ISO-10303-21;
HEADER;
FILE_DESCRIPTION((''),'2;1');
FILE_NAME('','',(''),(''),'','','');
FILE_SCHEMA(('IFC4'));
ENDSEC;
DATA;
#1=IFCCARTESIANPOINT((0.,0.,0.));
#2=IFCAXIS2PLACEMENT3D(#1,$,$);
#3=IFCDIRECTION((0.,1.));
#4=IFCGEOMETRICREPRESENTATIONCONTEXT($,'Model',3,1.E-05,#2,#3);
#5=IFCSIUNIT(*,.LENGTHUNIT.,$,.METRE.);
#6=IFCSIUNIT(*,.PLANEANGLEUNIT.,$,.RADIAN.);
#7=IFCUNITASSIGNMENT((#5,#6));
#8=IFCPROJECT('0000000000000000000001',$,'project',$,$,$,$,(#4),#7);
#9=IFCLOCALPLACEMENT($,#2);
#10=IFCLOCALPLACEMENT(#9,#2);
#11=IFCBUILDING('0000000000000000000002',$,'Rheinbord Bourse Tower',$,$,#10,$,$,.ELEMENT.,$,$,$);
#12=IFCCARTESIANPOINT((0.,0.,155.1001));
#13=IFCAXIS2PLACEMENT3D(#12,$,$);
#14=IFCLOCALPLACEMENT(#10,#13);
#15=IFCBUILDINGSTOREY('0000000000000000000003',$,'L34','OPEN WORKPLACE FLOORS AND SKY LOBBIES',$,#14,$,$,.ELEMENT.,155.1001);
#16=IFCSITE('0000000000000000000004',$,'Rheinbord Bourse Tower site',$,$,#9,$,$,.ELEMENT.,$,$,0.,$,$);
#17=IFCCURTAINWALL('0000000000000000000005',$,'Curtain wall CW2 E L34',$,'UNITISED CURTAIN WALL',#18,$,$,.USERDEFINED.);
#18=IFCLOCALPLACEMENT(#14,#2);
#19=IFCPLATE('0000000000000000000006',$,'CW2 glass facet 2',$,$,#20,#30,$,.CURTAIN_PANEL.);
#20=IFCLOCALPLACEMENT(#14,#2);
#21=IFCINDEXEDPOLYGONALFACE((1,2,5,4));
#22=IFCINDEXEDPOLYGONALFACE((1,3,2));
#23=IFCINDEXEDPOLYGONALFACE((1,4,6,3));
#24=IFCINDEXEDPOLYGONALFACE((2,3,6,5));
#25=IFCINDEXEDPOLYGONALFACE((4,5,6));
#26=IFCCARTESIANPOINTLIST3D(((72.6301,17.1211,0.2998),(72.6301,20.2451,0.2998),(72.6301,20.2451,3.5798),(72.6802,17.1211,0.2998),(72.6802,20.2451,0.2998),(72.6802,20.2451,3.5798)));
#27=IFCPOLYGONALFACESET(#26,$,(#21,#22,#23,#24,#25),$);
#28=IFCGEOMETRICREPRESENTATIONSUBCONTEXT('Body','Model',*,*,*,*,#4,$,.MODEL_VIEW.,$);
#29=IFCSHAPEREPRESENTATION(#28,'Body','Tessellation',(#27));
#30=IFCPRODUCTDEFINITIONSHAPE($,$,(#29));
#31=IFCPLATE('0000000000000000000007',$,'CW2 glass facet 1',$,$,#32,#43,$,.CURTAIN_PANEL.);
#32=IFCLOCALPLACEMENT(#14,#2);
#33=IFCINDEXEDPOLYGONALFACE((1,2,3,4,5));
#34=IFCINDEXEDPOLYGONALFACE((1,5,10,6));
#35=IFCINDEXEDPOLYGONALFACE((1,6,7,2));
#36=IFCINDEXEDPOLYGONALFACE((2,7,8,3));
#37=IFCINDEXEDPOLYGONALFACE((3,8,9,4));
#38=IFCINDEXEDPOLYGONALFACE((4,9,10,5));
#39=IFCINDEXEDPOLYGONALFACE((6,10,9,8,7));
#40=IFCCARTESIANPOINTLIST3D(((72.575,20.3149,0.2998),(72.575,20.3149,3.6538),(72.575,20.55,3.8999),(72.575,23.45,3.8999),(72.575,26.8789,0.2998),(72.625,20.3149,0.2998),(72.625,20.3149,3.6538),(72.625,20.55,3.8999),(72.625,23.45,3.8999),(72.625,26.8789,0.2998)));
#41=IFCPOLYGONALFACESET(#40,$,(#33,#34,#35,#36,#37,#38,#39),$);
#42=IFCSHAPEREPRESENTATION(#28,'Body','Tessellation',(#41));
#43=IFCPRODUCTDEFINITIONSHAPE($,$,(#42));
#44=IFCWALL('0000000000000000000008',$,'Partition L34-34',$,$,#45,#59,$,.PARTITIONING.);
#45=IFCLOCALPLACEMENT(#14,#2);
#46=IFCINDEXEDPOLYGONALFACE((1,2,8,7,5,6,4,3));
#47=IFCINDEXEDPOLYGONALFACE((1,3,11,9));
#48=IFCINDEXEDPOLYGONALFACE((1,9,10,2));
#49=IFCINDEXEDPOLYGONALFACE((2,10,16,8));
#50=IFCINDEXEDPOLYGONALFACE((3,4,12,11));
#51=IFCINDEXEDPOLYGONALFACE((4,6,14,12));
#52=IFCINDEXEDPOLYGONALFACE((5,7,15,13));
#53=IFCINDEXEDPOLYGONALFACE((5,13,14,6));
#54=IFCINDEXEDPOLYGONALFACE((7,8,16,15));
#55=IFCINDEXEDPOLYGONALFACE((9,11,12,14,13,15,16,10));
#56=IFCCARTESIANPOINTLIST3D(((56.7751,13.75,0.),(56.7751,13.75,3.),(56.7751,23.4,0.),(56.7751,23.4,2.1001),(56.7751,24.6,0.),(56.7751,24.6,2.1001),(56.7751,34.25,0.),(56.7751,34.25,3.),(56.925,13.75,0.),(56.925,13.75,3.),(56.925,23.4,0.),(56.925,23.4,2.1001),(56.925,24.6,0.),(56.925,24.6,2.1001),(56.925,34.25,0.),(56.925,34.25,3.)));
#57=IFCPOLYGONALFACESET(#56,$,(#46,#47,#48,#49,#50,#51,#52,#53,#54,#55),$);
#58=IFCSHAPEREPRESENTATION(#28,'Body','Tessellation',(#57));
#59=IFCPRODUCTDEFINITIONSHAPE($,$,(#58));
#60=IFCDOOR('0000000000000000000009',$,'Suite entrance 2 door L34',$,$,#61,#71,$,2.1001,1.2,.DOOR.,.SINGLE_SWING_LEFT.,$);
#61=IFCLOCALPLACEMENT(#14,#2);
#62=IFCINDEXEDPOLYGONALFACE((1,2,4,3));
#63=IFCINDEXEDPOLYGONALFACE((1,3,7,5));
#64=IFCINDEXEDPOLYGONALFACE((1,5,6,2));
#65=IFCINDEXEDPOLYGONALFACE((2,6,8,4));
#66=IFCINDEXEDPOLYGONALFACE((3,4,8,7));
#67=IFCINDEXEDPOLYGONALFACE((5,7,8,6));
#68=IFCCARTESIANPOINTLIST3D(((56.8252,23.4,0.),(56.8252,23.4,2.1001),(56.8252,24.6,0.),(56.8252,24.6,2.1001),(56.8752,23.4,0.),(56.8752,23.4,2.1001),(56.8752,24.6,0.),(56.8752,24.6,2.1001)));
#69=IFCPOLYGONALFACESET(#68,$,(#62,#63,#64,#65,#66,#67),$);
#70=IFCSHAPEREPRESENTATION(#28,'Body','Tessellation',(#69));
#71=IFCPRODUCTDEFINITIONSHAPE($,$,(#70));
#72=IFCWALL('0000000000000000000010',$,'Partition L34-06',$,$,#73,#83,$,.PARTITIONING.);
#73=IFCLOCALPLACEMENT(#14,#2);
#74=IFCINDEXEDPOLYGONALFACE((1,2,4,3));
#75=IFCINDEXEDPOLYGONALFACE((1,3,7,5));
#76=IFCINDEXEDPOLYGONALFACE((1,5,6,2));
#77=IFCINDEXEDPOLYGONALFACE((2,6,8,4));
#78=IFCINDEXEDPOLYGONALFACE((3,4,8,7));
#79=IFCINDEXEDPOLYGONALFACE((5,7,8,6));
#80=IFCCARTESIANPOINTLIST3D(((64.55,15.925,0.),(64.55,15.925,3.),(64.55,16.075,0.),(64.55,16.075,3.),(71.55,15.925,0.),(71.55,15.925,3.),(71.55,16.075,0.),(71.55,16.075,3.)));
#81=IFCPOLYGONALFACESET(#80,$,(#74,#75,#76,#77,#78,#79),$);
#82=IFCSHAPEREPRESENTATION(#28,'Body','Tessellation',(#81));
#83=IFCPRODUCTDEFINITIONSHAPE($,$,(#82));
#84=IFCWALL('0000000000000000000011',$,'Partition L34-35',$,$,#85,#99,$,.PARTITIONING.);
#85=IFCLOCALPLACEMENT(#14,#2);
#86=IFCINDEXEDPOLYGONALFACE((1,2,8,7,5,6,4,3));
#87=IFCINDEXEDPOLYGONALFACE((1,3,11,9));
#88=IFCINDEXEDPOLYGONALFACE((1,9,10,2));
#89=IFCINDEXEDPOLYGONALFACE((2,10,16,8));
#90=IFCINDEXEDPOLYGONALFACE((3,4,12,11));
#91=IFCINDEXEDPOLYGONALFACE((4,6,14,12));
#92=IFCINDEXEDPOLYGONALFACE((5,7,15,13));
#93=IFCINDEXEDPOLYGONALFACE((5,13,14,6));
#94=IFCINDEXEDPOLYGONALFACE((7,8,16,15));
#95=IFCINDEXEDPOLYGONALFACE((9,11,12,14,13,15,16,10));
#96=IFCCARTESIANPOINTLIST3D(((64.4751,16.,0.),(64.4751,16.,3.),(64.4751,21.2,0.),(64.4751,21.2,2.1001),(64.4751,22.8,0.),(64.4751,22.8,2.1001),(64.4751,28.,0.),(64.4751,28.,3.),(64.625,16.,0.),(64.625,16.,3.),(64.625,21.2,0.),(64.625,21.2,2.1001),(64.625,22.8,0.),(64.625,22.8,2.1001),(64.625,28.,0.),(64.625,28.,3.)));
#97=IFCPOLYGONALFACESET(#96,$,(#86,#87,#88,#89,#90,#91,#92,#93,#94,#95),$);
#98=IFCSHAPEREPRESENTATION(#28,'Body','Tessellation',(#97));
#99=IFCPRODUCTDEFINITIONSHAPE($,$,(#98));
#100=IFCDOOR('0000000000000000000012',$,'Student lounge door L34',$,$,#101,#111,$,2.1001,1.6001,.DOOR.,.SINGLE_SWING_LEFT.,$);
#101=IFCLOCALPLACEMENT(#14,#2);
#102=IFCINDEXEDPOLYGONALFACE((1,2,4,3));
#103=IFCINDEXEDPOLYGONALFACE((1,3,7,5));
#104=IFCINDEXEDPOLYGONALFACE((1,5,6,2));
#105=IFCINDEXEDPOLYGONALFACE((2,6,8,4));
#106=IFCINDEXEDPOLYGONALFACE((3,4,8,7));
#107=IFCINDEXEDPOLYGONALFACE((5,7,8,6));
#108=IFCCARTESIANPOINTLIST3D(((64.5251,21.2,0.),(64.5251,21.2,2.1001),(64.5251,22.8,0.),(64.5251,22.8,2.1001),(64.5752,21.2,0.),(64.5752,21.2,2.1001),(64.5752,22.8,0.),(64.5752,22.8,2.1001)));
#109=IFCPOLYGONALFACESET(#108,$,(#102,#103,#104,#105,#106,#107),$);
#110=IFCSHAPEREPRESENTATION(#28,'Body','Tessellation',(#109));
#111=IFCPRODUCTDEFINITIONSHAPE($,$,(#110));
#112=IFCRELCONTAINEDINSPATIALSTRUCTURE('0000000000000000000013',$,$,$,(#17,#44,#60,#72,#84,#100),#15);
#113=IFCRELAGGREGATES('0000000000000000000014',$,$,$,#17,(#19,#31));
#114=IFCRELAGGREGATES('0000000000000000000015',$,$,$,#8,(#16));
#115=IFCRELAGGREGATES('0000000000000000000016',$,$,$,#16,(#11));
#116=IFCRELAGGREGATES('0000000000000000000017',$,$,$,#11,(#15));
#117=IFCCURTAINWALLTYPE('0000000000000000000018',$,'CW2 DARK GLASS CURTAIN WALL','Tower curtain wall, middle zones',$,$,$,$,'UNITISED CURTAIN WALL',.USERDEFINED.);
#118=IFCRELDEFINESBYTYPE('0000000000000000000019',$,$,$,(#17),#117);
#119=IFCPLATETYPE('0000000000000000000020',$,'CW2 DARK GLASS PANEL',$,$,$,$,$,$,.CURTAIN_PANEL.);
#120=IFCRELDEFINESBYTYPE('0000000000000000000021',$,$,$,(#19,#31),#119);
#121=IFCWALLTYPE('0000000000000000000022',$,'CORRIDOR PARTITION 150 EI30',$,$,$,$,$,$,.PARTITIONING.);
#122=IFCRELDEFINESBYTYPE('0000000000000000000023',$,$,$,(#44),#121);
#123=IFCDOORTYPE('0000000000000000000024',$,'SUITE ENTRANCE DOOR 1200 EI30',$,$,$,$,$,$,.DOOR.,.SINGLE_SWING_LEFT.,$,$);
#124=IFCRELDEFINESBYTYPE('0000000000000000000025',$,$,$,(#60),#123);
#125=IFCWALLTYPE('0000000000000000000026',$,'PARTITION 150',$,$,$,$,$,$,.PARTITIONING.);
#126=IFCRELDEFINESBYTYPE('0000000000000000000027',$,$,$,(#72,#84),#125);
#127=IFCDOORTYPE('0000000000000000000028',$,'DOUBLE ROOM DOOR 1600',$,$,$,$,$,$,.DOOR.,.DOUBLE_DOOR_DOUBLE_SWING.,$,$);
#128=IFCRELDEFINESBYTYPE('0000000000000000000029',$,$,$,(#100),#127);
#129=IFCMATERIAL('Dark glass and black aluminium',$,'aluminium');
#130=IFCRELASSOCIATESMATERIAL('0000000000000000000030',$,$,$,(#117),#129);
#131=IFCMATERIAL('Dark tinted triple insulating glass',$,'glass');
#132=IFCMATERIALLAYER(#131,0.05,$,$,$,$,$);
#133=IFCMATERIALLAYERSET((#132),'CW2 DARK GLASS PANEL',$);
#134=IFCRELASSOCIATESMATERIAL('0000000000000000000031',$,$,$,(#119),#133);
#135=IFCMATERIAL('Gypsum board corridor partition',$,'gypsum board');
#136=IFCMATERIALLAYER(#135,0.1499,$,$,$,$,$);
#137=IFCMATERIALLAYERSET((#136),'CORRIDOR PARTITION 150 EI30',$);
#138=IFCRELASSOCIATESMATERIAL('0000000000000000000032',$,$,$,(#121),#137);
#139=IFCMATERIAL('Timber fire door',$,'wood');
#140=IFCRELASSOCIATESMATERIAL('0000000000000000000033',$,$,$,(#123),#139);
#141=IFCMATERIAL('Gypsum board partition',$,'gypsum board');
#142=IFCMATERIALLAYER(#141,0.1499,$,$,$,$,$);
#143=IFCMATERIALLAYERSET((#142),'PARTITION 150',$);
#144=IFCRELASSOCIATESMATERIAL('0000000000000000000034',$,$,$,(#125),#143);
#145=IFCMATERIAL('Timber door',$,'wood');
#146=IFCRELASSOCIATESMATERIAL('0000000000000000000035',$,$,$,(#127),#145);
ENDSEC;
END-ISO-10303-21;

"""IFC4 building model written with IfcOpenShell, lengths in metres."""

from ifc_helpers import new_model, si_unit, direction, frame, frame_2d, origin, place, context, subcontext, project, spatial, polyline, rectangle, outline, extrude, material, layer, layer_set, type_object, element, fill, aggregate, save


model = new_model("IFC4")

# Units and contexts
model_context = context("Model", 3, precision=1e-05, world=origin(), true_north=direction((0.0, 1.0)))
body_context = subcontext(model_context, "Body", "Model", "MODEL_VIEW")
ifc_project = project(units=[si_unit("LENGTHUNIT", "METRE"), si_unit("PLANEANGLEUNIT", "RADIAN")], contexts=[model_context])

# Site, building, storey
site_placement = place(None, origin())
site = spatial("IfcSite", under=ifc_project, at=site_placement, Name="Rheinbord Bourse Tower site", CompositionType="ELEMENT", RefElevation=0.0)
building_placement = place(site_placement, origin())
building = spatial("IfcBuilding", under=site, at=building_placement, Name="Rheinbord Bourse Tower", CompositionType="ELEMENT")
storey_placement = place(building_placement, frame((0.0, 0.0, 155.1001)))
storey = spatial("IfcBuildingStorey", under=building, at=storey_placement, Name="L34", Description="OPEN WORKPLACE FLOORS AND SKY LOBBIES", CompositionType="ELEMENT", Elevation=155.1001)

# Curtain wall
ifc_material_1 = material(Name="Dark glass and black aluminium", Category="aluminium")
curtain_wall_type = type_object("IfcCurtainWallType", Name="CW2 DARK GLASS CURTAIN WALL", Description="Tower curtain wall, middle zones", ElementType="UNITISED CURTAIN WALL", PredefinedType="USERDEFINED", material=ifc_material_1)
curtain_wall_placement = place(storey_placement, origin())
curtain_wall = element("IfcCurtainWall", 1, at=curtain_wall_placement, inside=storey, type_object=curtain_wall_type, Name="Curtain wall CW2 E L34", ObjectType="UNITISED CURTAIN WALL", PredefinedType="USERDEFINED")

# Plates
ifc_material_2 = material(Name="Dark tinted triple insulating glass", Category="glass")
ifc_layer_1 = layer(ifc_material_2, 0.05)
ifc_layer_set_1 = layer_set([ifc_layer_1], Name="CW2 DARK GLASS PANEL")
plate_type = type_object("IfcPlateType", Name="CW2 DARK GLASS PANEL", PredefinedType="CURTAIN_PANEL", material=ifc_layer_set_1)
plate_1_placement = place(storey_placement, frame((72.6802, 20.2451, 0.2998), z_axis=(-1.0, 0.0, 0.0), x_axis=(0.0, -1.0, 0.0)))
plate_1 = element("IfcPlate", 2, at=plate_1_placement, type_object=plate_type, Name="CW2 glass facet 2", PredefinedType="CURTAIN_PANEL", context=body_context, shape_type="SweptSolid", body=[
    extrude(outline(polyline([(0.0, 0.0), (3.124, 0.0), (0.0, 3.28), (0.0, 0.0)])), origin(), (0.0, 0.0, 1.0), 0.05),
])
plate_2_placement = place(storey_placement, frame((72.625, 20.3149, 0.2998), z_axis=(-1.0, 0.0, 0.0), x_axis=(0.0, 0.0, 1.0)))
plate_2 = element("IfcPlate", 3, at=plate_2_placement, type_object=plate_type, Name="CW2 glass facet 1", PredefinedType="CURTAIN_PANEL", context=body_context, shape_type="SweptSolid", body=[
    extrude(outline(polyline([(0.0, 0.0), (3.354, 0.0), (3.6001, 0.2351), (3.6001, 3.135), (0.0, 6.564), (0.0, 0.0)])), origin(), (0.0, 0.0, 1.0), 0.05),
])
aggregate(curtain_wall, [plate_1, plate_2])

# Wall, opening, door
ifc_material_3 = material(Name="Gypsum board corridor partition", Category="gypsum board")
ifc_layer_2 = layer(ifc_material_3, 0.1499)
ifc_layer_set_2 = layer_set([ifc_layer_2], Name="CORRIDOR PARTITION 150 EI30")
wall_type_1 = type_object("IfcWallType", Name="CORRIDOR PARTITION 150 EI30", PredefinedType="PARTITIONING", material=ifc_layer_set_2)
wall_1_placement = place(storey_placement, frame((56.8501, 13.75, 0.0), z_axis=(0.0, 0.0, 1.0), x_axis=(0.0, 1.0, 0.0)))
wall_1 = element("IfcWall", 4, at=wall_1_placement, inside=storey, type_object=wall_type_1, Name="Partition L34-34", PredefinedType="PARTITIONING", context=body_context, shape_type="SweptSolid", body=[
    extrude(rectangle(XDim=20.5, YDim=0.1499, at=frame_2d((10.25, 0.0))), origin(), (0.0, 0.0, 1.0), 3.0),
])
opening_1_placement = place(wall_1_placement, frame((9.6499, 0.0, 0.0)))
opening_1 = element("IfcOpeningElement", 5, at=opening_1_placement, cuts=wall_1, PredefinedType="OPENING", context=body_context, shape_type="SweptSolid", body=[
    extrude(rectangle(XDim=1.2, YDim=2.1001, at=frame_2d((0.6001, 1.05))), frame((0.0, 0.085, 0.0), z_axis=(0.0, -1.0, 0.0), x_axis=(1.0, 0.0, 0.0)), (0.0, 0.0, 1.0), 0.1699),
])
ifc_material_4 = material(Name="Timber fire door", Category="wood")
door_type_1 = type_object("IfcDoorType", Name="SUITE ENTRANCE DOOR 1200 EI30", OperationType="SINGLE_SWING_LEFT", PredefinedType="DOOR", material=ifc_material_4)
door_1_placement = place(opening_1_placement, origin())
door_1 = element("IfcDoor", 6, at=door_1_placement, inside=storey, type_object=door_type_1, Name="Suite entrance 2 door L34", OperationType="SINGLE_SWING_LEFT", OverallHeight=2.1001, OverallWidth=1.2, PredefinedType="DOOR", context=body_context, shape_type="SweptSolid", body=[
    extrude(rectangle(XDim=1.2, YDim=2.1001, at=frame_2d((0.6001, 1.05))), frame((0.0, 0.0249, 0.0), z_axis=(0.0, -1.0, 0.0), x_axis=(1.0, 0.0, 0.0)), (0.0, 0.0, 1.0), 0.05),
])
fill(opening_1, door_1)

# Wall
ifc_material_5 = material(Name="Gypsum board partition", Category="gypsum board")
ifc_layer_3 = layer(ifc_material_5, 0.1499)
ifc_layer_set_3 = layer_set([ifc_layer_3], Name="PARTITION 150")
wall_type_2 = type_object("IfcWallType", Name="PARTITION 150", PredefinedType="PARTITIONING", material=ifc_layer_set_3)
wall_2_placement = place(storey_placement, frame((64.55, 16.0, 0.0), z_axis=(0.0, 0.0, 1.0), x_axis=(1.0, 0.0, 0.0)))
element("IfcWall", 7, at=wall_2_placement, inside=storey, type_object=wall_type_2, Name="Partition L34-06", PredefinedType="PARTITIONING", context=body_context, shape_type="SweptSolid", body=[
    extrude(rectangle(XDim=7.0, YDim=0.1499, at=frame_2d((3.5, 0.0))), origin(), (0.0, 0.0, 1.0), 3.0),
])

# Wall, opening, door
wall_3_placement = place(storey_placement, frame((64.55, 16.0, 0.0), z_axis=(0.0, 0.0, 1.0), x_axis=(0.0, 1.0, 0.0)))
wall_3 = element("IfcWall", 8, at=wall_3_placement, inside=storey, type_object=wall_type_2, Name="Partition L34-35", PredefinedType="PARTITIONING", context=body_context, shape_type="SweptSolid", body=[
    extrude(rectangle(XDim=12.0, YDim=0.1499, at=frame_2d((6.0, 0.0))), origin(), (0.0, 0.0, 1.0), 3.0),
])
opening_2_placement = place(wall_3_placement, frame((5.2, 0.0, 0.0)))
opening_2 = element("IfcOpeningElement", 9, at=opening_2_placement, cuts=wall_3, PredefinedType="OPENING", context=body_context, shape_type="SweptSolid", body=[
    extrude(rectangle(XDim=1.6001, YDim=2.1001, at=frame_2d((0.8, 1.05))), frame((0.0, 0.085, 0.0), z_axis=(0.0, -1.0, 0.0), x_axis=(1.0, 0.0, 0.0)), (0.0, 0.0, 1.0), 0.1699),
])
ifc_material_6 = material(Name="Timber door", Category="wood")
door_type_2 = type_object("IfcDoorType", Name="DOUBLE ROOM DOOR 1600", OperationType="DOUBLE_DOOR_DOUBLE_SWING", PredefinedType="DOOR", material=ifc_material_6)
door_2_placement = place(opening_2_placement, origin())
door_2 = element("IfcDoor", 10, at=door_2_placement, inside=storey, type_object=door_type_2, Name="Student lounge door L34", OperationType="SINGLE_SWING_LEFT", OverallHeight=2.1001, OverallWidth=1.6001, PredefinedType="DOOR", context=body_context, shape_type="SweptSolid", body=[
    extrude(rectangle(XDim=1.6001, YDim=2.1001, at=frame_2d((0.8, 1.05))), frame((0.0, 0.0249, 0.0), z_axis=(0.0, -1.0, 0.0), x_axis=(1.0, 0.0, 0.0)), (0.0, 0.0, 1.0), 0.05),
])
fill(opening_2, door_2)

save(model, "model.ifc")
